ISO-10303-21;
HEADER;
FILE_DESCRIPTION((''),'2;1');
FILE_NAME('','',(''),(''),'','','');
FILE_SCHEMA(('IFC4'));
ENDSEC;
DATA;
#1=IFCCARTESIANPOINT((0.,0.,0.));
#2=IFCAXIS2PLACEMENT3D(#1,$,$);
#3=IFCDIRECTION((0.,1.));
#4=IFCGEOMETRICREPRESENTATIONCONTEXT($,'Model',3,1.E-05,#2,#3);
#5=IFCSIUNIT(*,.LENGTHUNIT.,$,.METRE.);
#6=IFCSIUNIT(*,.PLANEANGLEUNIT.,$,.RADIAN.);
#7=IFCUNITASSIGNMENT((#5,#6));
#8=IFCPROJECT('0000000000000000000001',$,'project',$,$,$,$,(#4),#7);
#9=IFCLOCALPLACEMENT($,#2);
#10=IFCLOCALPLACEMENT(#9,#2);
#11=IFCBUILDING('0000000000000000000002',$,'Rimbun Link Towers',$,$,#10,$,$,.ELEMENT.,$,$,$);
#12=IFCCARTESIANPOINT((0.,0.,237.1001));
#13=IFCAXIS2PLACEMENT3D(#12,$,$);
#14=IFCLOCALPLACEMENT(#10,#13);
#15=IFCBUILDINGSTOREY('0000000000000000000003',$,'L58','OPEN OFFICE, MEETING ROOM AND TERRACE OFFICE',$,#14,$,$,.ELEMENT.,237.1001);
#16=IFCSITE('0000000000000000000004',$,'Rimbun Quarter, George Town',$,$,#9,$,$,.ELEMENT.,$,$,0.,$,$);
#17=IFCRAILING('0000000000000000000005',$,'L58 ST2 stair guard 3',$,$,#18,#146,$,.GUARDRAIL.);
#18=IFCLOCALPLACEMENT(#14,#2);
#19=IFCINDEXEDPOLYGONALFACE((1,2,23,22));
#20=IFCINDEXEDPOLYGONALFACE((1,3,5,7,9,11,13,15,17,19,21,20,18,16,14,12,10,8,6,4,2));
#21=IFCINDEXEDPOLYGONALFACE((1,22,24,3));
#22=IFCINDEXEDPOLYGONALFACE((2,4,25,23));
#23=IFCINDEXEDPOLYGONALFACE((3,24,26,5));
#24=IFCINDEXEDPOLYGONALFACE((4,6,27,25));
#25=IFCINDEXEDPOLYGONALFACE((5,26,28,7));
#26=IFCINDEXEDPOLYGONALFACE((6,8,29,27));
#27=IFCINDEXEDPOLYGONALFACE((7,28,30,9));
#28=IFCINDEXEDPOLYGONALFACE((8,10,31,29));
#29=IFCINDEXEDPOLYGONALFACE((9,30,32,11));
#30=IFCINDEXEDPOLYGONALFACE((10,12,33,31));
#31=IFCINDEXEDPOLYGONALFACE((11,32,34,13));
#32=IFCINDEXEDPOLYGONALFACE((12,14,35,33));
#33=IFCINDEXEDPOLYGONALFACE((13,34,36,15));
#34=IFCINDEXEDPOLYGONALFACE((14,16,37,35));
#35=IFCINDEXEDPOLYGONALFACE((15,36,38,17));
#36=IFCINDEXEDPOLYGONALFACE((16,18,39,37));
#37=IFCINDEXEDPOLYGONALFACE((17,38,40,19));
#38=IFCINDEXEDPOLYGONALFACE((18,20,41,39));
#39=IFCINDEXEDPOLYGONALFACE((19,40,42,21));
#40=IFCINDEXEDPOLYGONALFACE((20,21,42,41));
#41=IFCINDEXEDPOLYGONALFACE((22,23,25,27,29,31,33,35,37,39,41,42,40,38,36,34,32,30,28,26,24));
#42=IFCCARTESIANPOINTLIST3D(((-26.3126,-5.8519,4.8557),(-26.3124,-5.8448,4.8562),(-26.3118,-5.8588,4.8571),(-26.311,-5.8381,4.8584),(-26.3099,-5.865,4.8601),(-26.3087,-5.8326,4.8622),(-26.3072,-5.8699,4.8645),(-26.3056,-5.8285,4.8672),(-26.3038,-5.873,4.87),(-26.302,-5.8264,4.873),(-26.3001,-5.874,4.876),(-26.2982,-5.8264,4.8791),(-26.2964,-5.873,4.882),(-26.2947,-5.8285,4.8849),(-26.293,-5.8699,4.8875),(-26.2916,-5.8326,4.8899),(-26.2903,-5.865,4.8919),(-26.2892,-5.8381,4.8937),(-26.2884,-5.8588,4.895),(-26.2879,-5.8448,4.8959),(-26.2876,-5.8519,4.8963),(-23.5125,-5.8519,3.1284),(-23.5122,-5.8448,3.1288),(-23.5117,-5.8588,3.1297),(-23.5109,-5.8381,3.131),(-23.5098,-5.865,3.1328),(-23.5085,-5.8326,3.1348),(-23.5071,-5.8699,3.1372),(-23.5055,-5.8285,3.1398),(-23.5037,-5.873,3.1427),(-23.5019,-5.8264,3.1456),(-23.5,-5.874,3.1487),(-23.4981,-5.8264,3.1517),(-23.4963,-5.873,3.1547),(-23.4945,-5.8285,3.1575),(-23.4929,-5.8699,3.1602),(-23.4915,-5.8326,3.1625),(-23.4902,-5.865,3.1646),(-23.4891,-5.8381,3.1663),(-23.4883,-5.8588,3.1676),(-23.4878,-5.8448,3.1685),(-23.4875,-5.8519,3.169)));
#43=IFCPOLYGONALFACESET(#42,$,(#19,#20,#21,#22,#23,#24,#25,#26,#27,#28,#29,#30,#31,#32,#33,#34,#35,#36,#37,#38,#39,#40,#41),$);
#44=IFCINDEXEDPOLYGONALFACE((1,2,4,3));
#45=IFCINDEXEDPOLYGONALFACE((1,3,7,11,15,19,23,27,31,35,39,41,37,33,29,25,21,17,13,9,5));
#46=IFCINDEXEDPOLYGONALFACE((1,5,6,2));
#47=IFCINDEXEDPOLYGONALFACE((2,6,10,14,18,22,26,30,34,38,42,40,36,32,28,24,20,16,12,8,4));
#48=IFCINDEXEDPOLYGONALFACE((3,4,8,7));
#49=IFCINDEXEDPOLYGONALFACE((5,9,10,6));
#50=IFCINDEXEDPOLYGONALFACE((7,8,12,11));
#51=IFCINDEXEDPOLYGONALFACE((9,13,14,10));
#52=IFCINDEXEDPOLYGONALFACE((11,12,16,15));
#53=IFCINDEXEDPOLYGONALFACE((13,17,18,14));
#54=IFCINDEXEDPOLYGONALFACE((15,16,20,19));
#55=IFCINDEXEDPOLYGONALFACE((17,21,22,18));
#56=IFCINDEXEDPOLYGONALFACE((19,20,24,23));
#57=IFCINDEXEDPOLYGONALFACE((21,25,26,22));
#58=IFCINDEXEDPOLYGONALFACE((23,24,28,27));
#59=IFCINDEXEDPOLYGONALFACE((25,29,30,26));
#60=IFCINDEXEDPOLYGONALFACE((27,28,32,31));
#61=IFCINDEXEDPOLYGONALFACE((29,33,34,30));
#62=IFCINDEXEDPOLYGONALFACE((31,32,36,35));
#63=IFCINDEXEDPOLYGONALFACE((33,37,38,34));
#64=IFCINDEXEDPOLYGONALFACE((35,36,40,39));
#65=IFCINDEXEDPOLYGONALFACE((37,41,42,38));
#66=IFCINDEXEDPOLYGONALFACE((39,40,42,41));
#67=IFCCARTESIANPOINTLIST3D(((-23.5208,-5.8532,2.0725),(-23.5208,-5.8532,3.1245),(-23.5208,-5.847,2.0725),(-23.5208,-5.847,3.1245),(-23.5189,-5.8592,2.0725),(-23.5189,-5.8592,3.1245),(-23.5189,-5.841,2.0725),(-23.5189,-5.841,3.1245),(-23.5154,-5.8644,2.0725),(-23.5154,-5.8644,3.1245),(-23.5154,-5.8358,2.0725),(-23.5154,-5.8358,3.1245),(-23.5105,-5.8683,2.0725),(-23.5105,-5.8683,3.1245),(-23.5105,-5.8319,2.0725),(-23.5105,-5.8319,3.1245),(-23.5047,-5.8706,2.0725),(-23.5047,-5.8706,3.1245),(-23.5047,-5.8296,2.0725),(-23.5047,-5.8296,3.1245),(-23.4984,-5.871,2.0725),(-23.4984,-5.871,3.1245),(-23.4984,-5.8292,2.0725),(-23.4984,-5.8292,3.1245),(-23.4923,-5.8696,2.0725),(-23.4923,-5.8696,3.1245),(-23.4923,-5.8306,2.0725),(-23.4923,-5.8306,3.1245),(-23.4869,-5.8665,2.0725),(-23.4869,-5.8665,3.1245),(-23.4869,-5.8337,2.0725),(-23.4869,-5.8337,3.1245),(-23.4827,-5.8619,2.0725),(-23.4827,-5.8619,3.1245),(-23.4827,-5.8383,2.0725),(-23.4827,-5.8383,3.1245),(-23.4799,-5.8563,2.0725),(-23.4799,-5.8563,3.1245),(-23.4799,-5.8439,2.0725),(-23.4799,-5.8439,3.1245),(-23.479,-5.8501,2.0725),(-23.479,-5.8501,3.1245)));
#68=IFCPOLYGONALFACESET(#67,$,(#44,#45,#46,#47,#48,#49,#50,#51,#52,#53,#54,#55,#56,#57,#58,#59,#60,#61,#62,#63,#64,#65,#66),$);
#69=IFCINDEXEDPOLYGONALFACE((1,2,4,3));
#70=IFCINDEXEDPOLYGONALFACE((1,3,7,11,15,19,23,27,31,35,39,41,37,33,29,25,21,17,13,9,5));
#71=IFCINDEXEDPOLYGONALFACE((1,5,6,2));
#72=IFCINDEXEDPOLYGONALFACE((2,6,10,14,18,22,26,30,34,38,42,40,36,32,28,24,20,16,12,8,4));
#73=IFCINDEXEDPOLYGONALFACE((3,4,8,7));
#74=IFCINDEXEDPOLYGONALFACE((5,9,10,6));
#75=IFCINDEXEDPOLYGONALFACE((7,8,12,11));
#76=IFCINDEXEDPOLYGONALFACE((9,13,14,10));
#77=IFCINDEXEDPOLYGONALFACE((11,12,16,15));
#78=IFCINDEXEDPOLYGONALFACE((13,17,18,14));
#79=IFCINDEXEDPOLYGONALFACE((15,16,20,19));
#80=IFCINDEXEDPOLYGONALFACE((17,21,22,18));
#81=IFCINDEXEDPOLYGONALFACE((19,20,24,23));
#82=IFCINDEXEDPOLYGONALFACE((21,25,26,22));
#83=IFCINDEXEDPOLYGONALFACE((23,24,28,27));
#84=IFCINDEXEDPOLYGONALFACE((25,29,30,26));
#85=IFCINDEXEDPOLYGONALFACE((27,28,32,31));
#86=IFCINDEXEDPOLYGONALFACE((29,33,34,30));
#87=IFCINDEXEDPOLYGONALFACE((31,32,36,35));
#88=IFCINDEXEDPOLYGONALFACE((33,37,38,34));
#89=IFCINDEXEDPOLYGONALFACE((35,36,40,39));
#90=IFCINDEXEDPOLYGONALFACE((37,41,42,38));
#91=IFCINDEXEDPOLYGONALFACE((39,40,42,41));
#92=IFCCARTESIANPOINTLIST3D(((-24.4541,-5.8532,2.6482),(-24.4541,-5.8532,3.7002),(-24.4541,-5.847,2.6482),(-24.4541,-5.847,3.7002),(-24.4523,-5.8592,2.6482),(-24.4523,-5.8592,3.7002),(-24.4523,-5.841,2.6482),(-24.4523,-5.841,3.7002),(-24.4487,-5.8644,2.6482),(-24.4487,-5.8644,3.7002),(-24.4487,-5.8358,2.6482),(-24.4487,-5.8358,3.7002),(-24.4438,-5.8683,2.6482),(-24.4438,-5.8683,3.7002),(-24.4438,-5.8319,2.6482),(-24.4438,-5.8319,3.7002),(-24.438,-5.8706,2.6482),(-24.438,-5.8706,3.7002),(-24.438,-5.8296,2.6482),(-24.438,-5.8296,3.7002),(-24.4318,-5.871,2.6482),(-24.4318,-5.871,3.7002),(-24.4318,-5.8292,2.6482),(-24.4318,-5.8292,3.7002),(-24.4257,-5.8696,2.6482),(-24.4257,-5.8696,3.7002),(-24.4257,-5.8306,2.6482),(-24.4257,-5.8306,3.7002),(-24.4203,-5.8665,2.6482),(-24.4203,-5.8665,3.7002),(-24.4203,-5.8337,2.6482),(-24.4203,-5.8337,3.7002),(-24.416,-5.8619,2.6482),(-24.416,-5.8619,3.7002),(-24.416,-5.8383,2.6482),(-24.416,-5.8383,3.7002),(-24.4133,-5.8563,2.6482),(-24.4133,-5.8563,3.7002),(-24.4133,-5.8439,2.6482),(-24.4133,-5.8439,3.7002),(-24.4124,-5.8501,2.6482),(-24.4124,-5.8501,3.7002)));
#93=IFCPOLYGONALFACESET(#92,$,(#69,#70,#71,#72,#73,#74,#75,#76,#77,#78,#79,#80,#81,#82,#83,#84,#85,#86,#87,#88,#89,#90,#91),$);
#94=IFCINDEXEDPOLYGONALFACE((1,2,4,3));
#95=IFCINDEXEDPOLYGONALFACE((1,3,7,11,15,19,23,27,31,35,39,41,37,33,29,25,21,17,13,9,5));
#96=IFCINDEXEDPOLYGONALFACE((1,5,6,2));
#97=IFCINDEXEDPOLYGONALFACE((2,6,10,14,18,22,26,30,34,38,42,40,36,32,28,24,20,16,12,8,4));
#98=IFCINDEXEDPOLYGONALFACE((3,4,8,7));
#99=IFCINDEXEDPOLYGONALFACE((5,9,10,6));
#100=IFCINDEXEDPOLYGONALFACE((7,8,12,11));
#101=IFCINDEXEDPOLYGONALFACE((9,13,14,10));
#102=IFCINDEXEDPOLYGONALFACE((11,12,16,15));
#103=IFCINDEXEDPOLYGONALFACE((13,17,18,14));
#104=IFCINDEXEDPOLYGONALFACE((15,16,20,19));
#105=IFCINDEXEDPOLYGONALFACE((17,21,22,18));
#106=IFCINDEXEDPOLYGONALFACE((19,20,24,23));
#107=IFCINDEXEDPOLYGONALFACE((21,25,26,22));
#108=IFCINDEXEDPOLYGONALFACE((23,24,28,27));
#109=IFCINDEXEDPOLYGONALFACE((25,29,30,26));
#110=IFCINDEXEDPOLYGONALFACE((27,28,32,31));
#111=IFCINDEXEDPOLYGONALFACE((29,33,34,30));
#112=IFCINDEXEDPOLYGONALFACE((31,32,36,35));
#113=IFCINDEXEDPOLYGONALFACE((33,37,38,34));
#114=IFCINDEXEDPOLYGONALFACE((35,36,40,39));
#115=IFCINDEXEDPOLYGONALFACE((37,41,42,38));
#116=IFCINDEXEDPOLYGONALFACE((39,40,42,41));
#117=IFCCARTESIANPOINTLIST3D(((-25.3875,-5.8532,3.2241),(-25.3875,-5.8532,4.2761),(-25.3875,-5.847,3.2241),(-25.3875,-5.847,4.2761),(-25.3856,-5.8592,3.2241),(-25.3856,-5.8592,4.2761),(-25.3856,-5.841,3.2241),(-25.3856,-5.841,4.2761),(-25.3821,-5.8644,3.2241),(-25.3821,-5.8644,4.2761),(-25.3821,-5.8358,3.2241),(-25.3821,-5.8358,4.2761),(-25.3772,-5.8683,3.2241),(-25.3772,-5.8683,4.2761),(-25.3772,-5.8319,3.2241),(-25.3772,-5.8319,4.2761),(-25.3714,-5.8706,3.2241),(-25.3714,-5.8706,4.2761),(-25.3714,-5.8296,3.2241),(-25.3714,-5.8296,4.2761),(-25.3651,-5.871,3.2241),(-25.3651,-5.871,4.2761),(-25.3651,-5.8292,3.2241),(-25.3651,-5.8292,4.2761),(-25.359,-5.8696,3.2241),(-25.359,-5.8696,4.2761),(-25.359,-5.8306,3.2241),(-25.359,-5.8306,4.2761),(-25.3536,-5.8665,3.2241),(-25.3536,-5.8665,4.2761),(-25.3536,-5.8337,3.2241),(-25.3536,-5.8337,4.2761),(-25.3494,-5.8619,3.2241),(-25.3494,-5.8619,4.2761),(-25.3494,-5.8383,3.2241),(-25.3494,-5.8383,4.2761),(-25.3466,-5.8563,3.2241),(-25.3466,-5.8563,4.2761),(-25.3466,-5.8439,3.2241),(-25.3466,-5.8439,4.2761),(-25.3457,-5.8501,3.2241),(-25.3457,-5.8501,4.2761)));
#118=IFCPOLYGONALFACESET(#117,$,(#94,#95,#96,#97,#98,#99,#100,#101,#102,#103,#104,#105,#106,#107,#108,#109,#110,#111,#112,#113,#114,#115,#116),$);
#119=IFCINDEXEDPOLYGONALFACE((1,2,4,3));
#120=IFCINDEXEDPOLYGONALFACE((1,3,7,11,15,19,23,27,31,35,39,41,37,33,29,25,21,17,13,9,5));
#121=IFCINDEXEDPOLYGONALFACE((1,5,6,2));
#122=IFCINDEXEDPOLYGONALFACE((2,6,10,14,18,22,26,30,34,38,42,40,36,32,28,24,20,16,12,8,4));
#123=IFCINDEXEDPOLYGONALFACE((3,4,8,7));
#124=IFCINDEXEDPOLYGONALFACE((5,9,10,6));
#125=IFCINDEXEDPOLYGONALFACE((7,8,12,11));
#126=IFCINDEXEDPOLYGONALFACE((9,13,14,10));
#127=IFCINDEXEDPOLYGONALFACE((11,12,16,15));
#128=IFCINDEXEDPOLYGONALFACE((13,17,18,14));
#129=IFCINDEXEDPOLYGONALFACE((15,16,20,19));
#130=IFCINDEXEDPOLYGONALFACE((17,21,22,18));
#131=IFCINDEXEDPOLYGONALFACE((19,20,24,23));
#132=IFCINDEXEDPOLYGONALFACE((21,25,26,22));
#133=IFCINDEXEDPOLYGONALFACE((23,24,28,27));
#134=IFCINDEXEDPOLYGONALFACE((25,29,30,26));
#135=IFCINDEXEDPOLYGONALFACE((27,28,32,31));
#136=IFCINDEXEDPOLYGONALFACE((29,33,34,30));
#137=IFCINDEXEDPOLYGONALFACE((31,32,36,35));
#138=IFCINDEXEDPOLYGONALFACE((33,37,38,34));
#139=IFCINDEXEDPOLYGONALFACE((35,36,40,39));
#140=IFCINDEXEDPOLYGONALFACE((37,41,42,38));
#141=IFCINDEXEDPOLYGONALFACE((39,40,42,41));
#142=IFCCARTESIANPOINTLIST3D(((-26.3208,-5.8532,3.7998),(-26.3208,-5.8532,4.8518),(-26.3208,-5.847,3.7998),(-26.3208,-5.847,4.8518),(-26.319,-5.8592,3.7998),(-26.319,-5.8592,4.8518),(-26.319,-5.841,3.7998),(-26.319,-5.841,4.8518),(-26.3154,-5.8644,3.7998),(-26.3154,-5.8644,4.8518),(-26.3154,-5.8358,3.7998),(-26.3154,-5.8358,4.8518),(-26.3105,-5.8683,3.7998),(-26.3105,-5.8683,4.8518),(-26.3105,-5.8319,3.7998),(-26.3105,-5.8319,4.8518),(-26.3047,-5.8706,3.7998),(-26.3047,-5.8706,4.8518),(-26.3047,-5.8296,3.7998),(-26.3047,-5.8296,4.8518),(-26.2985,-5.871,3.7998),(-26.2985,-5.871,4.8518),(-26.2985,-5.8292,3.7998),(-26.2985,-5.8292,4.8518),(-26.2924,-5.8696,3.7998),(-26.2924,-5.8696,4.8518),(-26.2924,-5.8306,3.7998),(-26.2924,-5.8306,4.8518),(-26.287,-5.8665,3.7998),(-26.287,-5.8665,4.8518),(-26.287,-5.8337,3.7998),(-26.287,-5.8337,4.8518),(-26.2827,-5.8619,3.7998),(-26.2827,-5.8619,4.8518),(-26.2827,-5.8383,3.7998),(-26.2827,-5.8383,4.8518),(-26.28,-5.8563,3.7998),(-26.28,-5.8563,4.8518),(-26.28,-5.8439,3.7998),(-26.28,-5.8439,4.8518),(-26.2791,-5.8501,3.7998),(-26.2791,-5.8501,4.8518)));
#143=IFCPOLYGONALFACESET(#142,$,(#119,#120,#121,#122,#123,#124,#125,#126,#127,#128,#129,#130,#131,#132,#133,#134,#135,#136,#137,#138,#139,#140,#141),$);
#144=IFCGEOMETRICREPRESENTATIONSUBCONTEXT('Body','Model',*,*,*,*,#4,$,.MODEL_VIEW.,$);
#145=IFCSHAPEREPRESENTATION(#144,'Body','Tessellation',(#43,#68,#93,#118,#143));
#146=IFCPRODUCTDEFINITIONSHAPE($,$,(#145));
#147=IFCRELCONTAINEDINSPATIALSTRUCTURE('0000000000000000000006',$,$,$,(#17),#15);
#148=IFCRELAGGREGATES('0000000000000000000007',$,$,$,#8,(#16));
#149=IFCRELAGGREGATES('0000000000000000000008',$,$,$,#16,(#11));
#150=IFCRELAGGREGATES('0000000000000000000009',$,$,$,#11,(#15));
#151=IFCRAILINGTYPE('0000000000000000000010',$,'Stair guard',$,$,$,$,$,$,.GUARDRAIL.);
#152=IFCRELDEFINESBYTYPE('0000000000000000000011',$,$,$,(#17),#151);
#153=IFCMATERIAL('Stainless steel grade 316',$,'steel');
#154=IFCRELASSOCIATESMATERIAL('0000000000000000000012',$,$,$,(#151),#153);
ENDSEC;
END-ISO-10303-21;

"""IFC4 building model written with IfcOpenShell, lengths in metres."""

from ifc_helpers import new_model, si_unit, direction, frame, origin, origin_2d, place, context, subcontext, project, spatial, circle, extrude, material, type_object, element, save


model = new_model("IFC4")

# Units and contexts
model_context = context("Model", 3, precision=1e-05, world=origin(), true_north=direction((0.0, 1.0)))
body_context = subcontext(model_context, "Body", "Model", "MODEL_VIEW")
ifc_project = project(units=[si_unit("LENGTHUNIT", "METRE"), si_unit("PLANEANGLEUNIT", "RADIAN")], contexts=[model_context])

# Site, building, storey
site_placement = place(None, origin())
site = spatial("IfcSite", under=ifc_project, at=site_placement, Name="Rimbun Quarter, George Town", CompositionType="ELEMENT", RefElevation=0.0)
building_placement = place(site_placement, origin())
building = spatial("IfcBuilding", under=site, at=building_placement, Name="Rimbun Link Towers", CompositionType="ELEMENT")
storey_placement = place(building_placement, frame((0.0, 0.0, 237.1001)))
storey = spatial("IfcBuildingStorey", under=building, at=storey_placement, Name="L58", Description="OPEN OFFICE, MEETING ROOM AND TERRACE OFFICE", CompositionType="ELEMENT", Elevation=237.1001)

# Railing
ifc_material_1 = material(Name="Stainless steel grade 316", Category="steel")
railing_type_1 = type_object("IfcRailingType", Name="Stair guard", PredefinedType="GUARDRAIL", material=ifc_material_1)
railing_1_placement = place(storey_placement, frame((-23.5, -5.8501, 2.0725)))
element("IfcRailing", 1, at=railing_1_placement, inside=storey, type_object=railing_type_1, Name="L58 ST2 stair guard 3", PredefinedType="GUARDRAIL", context=body_context, shape_type="SweptSolid", body=[
    extrude(circle(Radius=0.0239, at=origin_2d()), frame((0.0, 0.0, 1.0762), z_axis=(-0.85109, 0.0, 0.52502), x_axis=(0.0, -1.0, 0.0)), (0.0, 0.0, 1.0), 3.29),
    extrude(circle(Radius=0.021, at=origin_2d()), origin(), (0.0, 0.0, 1.0), 1.052),
    extrude(circle(Radius=0.021, at=origin_2d()), frame((-0.9333, 0.0, 0.5757)), (0.0, 0.0, 1.0), 1.052),
    extrude(circle(Radius=0.021, at=origin_2d()), frame((-1.8667, 0.0, 1.1516)), (0.0, 0.0, 1.0), 1.052),
    extrude(circle(Radius=0.021, at=origin_2d()), frame((-2.8, 0.0, 1.7273)), (0.0, 0.0, 1.0), 1.052),
])

save(model, "model.ifc")
